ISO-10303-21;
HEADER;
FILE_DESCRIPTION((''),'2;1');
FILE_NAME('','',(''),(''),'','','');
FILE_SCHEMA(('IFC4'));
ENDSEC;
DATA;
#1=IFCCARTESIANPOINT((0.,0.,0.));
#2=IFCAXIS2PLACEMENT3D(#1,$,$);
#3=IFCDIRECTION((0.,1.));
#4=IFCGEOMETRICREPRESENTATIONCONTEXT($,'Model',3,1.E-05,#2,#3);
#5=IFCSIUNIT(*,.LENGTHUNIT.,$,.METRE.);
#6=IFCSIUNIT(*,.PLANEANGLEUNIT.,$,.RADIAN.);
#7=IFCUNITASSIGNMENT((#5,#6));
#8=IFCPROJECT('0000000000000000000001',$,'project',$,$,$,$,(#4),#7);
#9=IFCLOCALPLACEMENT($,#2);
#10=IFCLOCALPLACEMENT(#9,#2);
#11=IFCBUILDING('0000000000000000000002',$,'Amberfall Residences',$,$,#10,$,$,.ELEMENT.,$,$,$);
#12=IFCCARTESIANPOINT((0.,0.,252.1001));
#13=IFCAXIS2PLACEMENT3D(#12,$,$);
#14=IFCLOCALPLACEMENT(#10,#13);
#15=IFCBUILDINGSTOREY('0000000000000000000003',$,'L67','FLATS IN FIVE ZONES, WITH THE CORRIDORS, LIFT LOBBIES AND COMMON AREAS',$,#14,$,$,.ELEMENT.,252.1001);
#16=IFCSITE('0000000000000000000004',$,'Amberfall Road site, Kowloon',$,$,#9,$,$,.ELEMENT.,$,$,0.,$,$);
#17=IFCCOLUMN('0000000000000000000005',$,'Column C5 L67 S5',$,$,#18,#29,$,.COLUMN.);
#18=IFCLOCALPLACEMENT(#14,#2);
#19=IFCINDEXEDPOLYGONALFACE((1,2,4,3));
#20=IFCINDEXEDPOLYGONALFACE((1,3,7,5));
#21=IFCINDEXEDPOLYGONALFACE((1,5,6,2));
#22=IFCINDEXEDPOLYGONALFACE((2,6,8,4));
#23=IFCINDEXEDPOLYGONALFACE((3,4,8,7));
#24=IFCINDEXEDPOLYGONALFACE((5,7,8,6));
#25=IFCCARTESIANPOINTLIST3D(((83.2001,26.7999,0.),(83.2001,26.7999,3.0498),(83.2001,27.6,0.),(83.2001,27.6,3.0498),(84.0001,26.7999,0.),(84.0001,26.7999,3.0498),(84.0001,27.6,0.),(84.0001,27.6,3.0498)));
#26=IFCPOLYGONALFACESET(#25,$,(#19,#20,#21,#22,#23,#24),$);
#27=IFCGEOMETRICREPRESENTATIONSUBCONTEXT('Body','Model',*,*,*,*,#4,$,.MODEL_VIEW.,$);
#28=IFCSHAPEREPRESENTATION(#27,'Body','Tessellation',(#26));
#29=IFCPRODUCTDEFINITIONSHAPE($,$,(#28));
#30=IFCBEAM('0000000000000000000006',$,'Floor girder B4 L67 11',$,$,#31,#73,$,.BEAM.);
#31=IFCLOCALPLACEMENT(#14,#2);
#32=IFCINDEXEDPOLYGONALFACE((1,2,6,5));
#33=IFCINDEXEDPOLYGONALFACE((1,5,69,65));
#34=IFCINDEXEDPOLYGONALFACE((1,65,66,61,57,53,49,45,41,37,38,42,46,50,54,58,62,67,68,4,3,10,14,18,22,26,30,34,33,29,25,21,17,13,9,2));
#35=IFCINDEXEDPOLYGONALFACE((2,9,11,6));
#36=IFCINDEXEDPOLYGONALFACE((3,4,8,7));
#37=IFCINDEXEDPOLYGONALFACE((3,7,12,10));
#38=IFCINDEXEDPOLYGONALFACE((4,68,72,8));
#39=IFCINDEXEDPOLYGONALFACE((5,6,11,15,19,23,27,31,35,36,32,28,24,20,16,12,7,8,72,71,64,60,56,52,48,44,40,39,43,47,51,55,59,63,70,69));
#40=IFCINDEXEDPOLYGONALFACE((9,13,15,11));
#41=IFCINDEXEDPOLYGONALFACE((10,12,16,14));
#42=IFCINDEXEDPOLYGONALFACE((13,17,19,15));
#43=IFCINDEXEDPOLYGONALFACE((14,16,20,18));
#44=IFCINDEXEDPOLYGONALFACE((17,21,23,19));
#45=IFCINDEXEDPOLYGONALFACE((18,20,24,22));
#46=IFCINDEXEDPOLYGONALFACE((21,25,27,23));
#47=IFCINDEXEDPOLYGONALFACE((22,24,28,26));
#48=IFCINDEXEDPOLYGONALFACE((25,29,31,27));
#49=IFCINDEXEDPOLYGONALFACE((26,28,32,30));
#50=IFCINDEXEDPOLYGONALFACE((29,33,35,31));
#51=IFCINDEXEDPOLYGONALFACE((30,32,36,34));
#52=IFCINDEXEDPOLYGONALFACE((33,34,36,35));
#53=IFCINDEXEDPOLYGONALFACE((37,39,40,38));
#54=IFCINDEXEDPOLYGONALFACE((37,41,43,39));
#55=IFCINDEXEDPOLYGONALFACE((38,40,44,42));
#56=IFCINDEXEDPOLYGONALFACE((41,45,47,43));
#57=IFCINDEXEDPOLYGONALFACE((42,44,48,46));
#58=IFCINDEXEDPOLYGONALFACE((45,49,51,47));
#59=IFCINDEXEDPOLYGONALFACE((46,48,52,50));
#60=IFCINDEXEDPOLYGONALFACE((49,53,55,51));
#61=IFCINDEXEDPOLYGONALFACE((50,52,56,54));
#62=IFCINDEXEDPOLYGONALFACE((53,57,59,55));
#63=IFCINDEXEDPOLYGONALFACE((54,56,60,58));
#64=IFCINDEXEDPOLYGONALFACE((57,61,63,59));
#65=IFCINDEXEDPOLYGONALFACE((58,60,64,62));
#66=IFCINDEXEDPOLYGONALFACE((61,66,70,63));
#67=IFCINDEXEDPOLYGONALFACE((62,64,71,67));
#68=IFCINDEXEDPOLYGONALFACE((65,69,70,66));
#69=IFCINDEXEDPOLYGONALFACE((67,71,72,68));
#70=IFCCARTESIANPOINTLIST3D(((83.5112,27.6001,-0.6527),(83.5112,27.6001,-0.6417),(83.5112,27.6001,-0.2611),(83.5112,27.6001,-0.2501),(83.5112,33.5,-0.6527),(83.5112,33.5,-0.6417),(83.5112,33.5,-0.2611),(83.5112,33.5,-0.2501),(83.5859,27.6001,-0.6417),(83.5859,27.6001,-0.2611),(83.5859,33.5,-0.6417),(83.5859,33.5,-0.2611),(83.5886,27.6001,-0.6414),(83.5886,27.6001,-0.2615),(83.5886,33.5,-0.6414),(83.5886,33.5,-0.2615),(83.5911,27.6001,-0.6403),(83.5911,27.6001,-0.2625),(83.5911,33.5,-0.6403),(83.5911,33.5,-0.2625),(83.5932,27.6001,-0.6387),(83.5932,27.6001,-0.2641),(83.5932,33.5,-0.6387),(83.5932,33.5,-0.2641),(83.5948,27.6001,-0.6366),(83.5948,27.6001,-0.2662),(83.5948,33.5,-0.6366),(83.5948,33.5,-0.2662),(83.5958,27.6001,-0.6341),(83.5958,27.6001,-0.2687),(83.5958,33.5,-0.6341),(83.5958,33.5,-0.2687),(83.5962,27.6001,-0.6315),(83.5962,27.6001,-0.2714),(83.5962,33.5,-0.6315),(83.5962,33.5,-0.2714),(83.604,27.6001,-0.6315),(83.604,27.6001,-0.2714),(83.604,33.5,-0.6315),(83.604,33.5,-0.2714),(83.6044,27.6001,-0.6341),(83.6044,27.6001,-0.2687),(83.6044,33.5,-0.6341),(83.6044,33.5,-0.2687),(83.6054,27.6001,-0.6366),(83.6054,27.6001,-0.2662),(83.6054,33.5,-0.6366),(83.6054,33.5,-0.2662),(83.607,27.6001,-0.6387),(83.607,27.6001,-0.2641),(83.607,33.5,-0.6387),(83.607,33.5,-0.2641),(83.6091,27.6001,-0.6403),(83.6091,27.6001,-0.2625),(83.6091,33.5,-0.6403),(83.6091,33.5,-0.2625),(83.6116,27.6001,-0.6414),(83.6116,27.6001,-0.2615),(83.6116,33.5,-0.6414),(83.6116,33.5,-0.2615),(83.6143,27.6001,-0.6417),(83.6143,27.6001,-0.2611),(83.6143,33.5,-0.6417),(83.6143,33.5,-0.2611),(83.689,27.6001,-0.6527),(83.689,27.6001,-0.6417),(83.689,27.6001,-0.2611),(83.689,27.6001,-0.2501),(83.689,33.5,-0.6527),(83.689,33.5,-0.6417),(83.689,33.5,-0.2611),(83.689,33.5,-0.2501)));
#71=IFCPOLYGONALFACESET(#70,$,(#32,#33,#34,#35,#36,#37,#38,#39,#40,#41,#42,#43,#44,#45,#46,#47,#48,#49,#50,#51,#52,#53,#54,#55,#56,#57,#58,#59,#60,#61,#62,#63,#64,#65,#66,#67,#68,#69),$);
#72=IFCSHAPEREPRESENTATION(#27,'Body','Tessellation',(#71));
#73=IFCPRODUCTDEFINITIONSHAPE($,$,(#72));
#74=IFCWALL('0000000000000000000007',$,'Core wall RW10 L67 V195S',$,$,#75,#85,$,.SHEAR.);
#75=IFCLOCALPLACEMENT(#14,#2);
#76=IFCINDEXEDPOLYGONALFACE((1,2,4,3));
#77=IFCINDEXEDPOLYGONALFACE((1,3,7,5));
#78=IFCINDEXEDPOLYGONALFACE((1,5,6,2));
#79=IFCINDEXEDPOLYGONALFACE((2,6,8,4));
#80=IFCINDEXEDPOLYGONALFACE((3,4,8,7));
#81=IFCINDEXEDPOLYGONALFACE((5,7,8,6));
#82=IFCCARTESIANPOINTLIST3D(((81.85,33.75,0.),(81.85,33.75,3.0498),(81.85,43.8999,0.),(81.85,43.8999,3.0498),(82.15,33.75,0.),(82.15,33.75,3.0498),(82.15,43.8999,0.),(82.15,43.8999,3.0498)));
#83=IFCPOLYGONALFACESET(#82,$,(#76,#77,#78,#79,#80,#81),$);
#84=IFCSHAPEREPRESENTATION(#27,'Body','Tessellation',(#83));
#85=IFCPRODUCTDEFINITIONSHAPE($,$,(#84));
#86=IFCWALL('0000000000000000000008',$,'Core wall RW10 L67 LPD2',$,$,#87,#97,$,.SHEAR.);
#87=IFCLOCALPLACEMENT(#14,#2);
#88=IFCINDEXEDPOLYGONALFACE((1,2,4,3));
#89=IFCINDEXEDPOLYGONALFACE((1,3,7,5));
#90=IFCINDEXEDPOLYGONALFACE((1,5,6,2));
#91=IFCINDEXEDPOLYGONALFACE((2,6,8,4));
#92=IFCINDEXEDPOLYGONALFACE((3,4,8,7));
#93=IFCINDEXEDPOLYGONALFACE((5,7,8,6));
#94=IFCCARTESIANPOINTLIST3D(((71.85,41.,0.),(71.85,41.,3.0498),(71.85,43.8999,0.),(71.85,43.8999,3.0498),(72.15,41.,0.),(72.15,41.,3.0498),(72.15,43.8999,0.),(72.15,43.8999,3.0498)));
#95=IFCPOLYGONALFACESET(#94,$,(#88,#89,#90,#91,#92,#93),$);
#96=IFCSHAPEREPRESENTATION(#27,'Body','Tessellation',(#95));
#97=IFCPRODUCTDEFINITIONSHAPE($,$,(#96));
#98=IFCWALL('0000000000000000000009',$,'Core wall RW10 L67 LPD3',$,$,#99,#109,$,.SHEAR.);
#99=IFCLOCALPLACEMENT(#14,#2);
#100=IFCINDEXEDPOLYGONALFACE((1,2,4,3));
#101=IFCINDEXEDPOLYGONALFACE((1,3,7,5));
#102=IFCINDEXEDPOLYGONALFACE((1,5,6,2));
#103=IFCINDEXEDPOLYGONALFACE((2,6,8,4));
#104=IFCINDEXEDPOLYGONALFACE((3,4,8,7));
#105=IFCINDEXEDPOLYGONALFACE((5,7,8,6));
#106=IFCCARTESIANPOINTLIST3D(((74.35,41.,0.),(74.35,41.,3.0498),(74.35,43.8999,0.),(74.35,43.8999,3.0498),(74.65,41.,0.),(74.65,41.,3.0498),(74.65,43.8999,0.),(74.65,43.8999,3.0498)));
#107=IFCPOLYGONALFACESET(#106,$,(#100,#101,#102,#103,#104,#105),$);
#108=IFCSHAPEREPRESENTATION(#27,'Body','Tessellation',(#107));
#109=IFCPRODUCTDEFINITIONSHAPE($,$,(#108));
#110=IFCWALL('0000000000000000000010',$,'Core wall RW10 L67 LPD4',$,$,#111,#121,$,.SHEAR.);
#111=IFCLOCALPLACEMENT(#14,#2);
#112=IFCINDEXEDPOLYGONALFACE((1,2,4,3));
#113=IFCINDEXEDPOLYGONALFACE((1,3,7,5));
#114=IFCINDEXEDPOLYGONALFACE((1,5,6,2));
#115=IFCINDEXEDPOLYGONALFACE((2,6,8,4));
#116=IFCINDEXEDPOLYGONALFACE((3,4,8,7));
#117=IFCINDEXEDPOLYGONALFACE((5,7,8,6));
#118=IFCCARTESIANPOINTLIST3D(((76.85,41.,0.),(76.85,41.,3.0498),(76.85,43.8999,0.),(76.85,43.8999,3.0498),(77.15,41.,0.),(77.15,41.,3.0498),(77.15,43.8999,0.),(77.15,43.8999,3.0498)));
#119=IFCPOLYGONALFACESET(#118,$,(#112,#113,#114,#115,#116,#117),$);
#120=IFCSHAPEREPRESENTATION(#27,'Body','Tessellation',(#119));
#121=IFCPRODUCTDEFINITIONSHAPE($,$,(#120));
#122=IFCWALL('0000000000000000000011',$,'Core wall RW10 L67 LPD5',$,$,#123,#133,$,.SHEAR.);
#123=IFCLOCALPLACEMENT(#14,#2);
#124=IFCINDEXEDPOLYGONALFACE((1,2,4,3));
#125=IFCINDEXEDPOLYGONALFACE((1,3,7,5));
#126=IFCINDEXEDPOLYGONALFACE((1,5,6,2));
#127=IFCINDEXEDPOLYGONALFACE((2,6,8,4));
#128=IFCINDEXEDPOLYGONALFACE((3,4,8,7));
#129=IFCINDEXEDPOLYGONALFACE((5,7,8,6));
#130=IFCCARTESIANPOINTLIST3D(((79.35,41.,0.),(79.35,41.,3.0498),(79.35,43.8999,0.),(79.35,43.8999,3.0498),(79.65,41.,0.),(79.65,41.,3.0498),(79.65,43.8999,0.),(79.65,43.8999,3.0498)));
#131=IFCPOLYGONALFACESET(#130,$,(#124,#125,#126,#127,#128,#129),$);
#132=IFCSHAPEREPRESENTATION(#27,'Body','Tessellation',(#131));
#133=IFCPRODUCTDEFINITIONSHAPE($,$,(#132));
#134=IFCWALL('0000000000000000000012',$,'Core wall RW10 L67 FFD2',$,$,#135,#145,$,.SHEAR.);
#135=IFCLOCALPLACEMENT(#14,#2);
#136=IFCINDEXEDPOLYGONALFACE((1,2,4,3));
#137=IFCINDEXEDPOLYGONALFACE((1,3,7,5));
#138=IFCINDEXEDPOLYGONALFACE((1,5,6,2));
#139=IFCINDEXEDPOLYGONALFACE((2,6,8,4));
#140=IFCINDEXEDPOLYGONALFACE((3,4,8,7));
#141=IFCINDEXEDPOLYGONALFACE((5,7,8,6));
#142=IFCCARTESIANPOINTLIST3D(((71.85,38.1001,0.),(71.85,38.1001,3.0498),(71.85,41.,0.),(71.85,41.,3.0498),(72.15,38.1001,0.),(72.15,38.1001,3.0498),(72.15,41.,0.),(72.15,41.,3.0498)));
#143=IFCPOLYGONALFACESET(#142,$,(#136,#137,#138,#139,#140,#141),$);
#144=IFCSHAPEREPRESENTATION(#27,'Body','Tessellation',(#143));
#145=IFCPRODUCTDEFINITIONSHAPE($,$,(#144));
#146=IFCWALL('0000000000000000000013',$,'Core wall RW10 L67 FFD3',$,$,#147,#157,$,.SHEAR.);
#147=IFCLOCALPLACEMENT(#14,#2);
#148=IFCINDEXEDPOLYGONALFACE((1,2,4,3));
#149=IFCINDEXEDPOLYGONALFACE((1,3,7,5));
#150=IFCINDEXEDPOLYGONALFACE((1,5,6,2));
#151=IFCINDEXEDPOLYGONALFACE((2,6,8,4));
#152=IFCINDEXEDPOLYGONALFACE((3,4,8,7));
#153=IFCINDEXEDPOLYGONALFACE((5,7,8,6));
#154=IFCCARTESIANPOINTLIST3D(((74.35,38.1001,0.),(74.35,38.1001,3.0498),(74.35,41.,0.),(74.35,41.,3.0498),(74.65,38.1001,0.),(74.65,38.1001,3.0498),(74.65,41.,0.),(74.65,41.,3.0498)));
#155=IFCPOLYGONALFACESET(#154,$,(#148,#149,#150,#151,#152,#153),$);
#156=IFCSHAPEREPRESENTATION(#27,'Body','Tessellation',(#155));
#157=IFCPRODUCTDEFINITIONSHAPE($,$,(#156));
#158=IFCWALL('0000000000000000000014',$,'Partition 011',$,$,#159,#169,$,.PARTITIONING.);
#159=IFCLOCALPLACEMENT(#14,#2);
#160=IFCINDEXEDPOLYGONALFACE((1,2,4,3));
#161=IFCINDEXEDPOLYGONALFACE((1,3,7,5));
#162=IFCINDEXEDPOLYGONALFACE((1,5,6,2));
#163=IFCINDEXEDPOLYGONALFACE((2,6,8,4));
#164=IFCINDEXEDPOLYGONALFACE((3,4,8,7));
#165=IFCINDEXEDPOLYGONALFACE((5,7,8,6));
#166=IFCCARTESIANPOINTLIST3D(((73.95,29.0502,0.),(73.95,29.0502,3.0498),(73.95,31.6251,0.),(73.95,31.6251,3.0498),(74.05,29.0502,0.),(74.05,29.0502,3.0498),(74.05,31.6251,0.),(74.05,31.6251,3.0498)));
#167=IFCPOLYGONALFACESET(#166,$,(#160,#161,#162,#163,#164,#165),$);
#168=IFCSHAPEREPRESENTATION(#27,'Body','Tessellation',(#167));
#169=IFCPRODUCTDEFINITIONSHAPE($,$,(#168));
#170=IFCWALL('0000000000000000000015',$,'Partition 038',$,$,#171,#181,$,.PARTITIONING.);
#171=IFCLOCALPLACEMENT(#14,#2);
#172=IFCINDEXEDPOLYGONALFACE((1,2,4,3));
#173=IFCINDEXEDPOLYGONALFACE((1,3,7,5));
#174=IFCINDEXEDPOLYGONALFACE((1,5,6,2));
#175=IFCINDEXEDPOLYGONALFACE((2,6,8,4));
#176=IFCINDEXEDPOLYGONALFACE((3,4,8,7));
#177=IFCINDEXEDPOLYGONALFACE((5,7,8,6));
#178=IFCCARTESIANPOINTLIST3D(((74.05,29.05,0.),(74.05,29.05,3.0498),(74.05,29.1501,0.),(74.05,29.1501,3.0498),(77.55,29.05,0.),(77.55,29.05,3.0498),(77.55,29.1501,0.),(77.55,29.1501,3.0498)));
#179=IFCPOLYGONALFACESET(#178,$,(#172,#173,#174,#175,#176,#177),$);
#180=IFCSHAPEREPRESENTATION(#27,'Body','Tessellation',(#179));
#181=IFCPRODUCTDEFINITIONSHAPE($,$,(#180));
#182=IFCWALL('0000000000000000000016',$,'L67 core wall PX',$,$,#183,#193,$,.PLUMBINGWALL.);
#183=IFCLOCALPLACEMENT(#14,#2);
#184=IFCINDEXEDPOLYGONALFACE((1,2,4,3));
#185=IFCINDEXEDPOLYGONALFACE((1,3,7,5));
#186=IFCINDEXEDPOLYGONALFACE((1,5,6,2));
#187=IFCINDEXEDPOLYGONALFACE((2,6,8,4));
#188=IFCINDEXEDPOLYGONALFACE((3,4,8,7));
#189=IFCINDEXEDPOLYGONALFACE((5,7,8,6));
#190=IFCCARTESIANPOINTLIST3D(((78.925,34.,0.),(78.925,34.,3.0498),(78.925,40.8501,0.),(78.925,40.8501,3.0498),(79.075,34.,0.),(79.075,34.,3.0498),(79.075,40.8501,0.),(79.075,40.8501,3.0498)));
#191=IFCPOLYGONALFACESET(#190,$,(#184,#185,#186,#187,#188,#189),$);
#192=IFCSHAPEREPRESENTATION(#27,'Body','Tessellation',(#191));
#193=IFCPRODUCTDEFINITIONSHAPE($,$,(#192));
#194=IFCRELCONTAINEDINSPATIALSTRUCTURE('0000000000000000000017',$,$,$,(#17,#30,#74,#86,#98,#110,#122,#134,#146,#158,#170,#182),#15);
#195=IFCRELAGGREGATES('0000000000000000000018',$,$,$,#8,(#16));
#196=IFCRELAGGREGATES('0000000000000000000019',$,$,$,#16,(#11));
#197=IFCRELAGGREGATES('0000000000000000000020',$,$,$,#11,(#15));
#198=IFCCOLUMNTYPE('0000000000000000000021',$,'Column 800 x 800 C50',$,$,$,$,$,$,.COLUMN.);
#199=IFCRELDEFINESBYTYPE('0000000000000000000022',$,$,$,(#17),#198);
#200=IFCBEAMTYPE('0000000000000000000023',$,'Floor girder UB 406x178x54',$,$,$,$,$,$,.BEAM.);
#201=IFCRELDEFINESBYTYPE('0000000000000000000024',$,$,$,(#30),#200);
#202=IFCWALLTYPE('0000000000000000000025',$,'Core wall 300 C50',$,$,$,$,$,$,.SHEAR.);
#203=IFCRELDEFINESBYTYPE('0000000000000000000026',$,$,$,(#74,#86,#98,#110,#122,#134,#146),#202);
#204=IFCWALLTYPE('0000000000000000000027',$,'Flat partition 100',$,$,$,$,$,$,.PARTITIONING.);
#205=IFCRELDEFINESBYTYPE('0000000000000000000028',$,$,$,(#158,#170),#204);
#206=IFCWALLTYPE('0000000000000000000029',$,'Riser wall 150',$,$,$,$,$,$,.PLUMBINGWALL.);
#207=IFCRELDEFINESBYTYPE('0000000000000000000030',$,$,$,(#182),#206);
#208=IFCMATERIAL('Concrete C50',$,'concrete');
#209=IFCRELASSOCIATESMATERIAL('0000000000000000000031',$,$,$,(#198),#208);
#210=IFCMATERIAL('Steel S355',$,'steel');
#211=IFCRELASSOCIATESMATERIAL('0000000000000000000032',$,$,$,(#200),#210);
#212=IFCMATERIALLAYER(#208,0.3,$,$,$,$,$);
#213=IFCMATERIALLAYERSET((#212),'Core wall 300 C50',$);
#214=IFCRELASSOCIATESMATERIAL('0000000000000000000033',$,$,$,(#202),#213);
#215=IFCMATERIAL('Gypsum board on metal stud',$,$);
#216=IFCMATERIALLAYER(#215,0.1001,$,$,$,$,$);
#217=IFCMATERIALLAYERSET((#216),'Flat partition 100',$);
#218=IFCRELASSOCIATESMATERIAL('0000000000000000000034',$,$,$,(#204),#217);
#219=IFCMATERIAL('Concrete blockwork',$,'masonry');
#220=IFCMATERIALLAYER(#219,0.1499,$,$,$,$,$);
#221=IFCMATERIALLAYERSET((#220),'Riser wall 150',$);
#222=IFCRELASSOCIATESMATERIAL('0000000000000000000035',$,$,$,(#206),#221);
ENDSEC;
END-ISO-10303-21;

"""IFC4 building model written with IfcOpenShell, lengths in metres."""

from ifc_helpers import new_model, si_unit, direction, frame, frame_2d, origin, origin_2d, place, context, subcontext, project, spatial, rectangle, i_section, extrude, material, layer, layer_set, material_profile, profile_set, type_object, element, save


model = new_model("IFC4")

# Units and contexts
model_context = context("Model", 3, precision=1e-05, world=origin(), true_north=direction((0.0, 1.0)))
body_context = subcontext(model_context, "Body", "Model", "MODEL_VIEW")
ifc_project = project(units=[si_unit("LENGTHUNIT", "METRE"), si_unit("PLANEANGLEUNIT", "RADIAN")], contexts=[model_context])

# Site, building, storey
site_placement = place(None, origin())
site = spatial("IfcSite", under=ifc_project, at=site_placement, Name="Amberfall Road site, Kowloon", CompositionType="ELEMENT", RefElevation=0.0)
building_placement = place(site_placement, origin())
building = spatial("IfcBuilding", under=site, at=building_placement, Name="Amberfall Residences", CompositionType="ELEMENT")
storey_placement = place(building_placement, frame((0.0, 0.0, 252.1001)))
storey = spatial("IfcBuildingStorey", under=building, at=storey_placement, Name="L67", Description="FLATS IN FIVE ZONES, WITH THE CORRIDORS, LIFT LOBBIES AND COMMON AREAS", CompositionType="ELEMENT", Elevation=252.1001)

# Column
ifc_material_1 = material(Name="Concrete C50", Category="concrete")
ifc_material_profile_1 = material_profile(ifc_material_1, rectangle(XDim=0.8, YDim=0.8, at=origin_2d()), Name="Column 800 x 800 C50")
ifc_profile_set_1 = profile_set([ifc_material_profile_1], Name="Concrete C50")
column_type = type_object("IfcColumnType", Name="Column 800 x 800 C50", PredefinedType="COLUMN", material=ifc_profile_set_1)
column_placement = place(storey_placement, frame((83.6001, 27.2, 0.0), z_axis=(0.0, 0.0, 1.0), x_axis=(1.0, 0.0, 0.0)))
element("IfcColumn", 1, at=column_placement, inside=storey, type_object=column_type, Name="Column C5 L67 S5", PredefinedType="COLUMN", context=body_context, shape_type="SweptSolid", body=[
    extrude(rectangle(XDim=0.8, YDim=0.8, at=origin_2d()), origin(), (0.0, 0.0, 1.0), 3.0498),
])

# Beam
ifc_material_2 = material(Name="Steel S355", Category="steel")
ifc_material_profile_2 = material_profile(ifc_material_2, i_section(OverallWidth=0.1777, OverallDepth=0.4026, WebThickness=0.0078, FlangeThickness=0.011, FilletRadius=0.0103, at=origin_2d()), Name="UB 406x178x54")
ifc_profile_set_2 = profile_set([ifc_material_profile_2], Name="Steel S355")
beam_type = type_object("IfcBeamType", Name="Floor girder UB 406x178x54", PredefinedType="BEAM", material=ifc_profile_set_2)
beam_placement = place(storey_placement, frame((83.6001, 27.6001, -0.4514), z_axis=(0.0, 1.0, 0.0), x_axis=(-1.0, 0.0, 0.0)))
element("IfcBeam", 2, at=beam_placement, inside=storey, type_object=beam_type, Name="Floor girder B4 L67 11", PredefinedType="BEAM", context=body_context, shape_type="SweptSolid", body=[
    extrude(i_section(OverallWidth=0.1777, OverallDepth=0.4026, WebThickness=0.0078, FlangeThickness=0.011, FilletRadius=0.0103, at=origin_2d()), origin(), (0.0, 0.0, 1.0), 5.8999),
])

# Walls
ifc_layer_1 = layer(ifc_material_1, 0.3)
ifc_layer_set_1 = layer_set([ifc_layer_1], Name="Core wall 300 C50")
wall_type_1 = type_object("IfcWallType", Name="Core wall 300 C50", PredefinedType="SHEAR", material=ifc_layer_set_1)
wall_1_placement = place(storey_placement, frame((82.0, 33.75, 0.0), z_axis=(0.0, 0.0, 1.0), x_axis=(0.0, 1.0, 0.0)))
element("IfcWall", 3, at=wall_1_placement, inside=storey, type_object=wall_type_1, Name="Core wall RW10 L67 V195S", PredefinedType="SHEAR", context=body_context, shape_type="SweptSolid", body=[
    extrude(rectangle(XDim=10.1499, YDim=0.3, at=frame_2d((5.075, 0.0))), origin(), (0.0, 0.0, 1.0), 3.0498),
])
for number, where, z_axis, x_axis, name in (
    (4, (72.0, 41.0, 0.0), (0.0, 0.0, 1.0), (0.0, 1.0, 0.0), "Core wall RW10 L67 LPD2"),
    (5, (74.5, 41.0, 0.0), (0.0, 0.0, 1.0), (0.0, 1.0, 0.0), "Core wall RW10 L67 LPD3"),
    (6, (77.0, 41.0, 0.0), (0.0, 0.0, 1.0), (0.0, 1.0, 0.0), "Core wall RW10 L67 LPD4"),
    (7, (79.5, 41.0, 0.0), (0.0, 0.0, 1.0), (0.0, 1.0, 0.0), "Core wall RW10 L67 LPD5"),
    (8, (72.0, 38.1001, 0.0), (0.0, 0.0, 1.0), (0.0, 1.0, 0.0), "Core wall RW10 L67 FFD2"),
    (9, (74.5, 38.1001, 0.0), (0.0, 0.0, 1.0), (0.0, 1.0, 0.0), "Core wall RW10 L67 FFD3"),
):
    element("IfcWall", number, at=place(storey_placement, frame(where, z_axis=z_axis, x_axis=x_axis)), inside=storey, type_object=wall_type_1, Name=name, PredefinedType="SHEAR", context=body_context, shape_type="SweptSolid", body=[
        extrude(rectangle(XDim=2.8999, YDim=0.3, at=frame_2d((1.45, 0.0))), origin(), (0.0, 0.0, 1.0), 3.0498),
    ])
ifc_material_3 = material(Name="Gypsum board on metal stud")
ifc_layer_2 = layer(ifc_material_3, 0.1001)
ifc_layer_set_2 = layer_set([ifc_layer_2], Name="Flat partition 100")
wall_type_2 = type_object("IfcWallType", Name="Flat partition 100", PredefinedType="PARTITIONING", material=ifc_layer_set_2)
wall_2_placement = place(storey_placement, frame((74.0, 29.05, 0.0), z_axis=(0.0, 0.0, 1.0), x_axis=(0.0, 1.0, 0.0)))
element("IfcWall", 10, at=wall_2_placement, inside=storey, type_object=wall_type_2, Name="Partition 011", PredefinedType="PARTITIONING", context=body_context, shape_type="SweptSolid", body=[
    extrude(rectangle(XDim=2.575, YDim=0.1001, at=frame_2d((1.2876, 0.0))), origin(), (0.0, 0.0, 1.0), 3.0498),
])
wall_3_placement = place(storey_placement, frame((74.05, 29.1001, 0.0), z_axis=(0.0, 0.0, 1.0), x_axis=(1.0, 0.0, 0.0)))
element("IfcWall", 11, at=wall_3_placement, inside=storey, type_object=wall_type_2, Name="Partition 038", PredefinedType="PARTITIONING", context=body_context, shape_type="SweptSolid", body=[
    extrude(rectangle(XDim=3.5, YDim=0.1001, at=frame_2d((1.75, 0.0))), origin(), (0.0, 0.0, 1.0), 3.0498),
])
ifc_material_4 = material(Name="Concrete blockwork", Category="masonry")
ifc_layer_3 = layer(ifc_material_4, 0.1499)
ifc_layer_set_3 = layer_set([ifc_layer_3], Name="Riser wall 150")
wall_type_3 = type_object("IfcWallType", Name="Riser wall 150", PredefinedType="PLUMBINGWALL", material=ifc_layer_set_3)
wall_4_placement = place(storey_placement, frame((79.0, 34.0, 0.0), z_axis=(0.0, 0.0, 1.0), x_axis=(0.0, 1.0, 0.0)))
element("IfcWall", 12, at=wall_4_placement, inside=storey, type_object=wall_type_3, Name="L67 core wall PX", PredefinedType="PLUMBINGWALL", context=body_context, shape_type="SweptSolid", body=[
    extrude(rectangle(XDim=6.8501, YDim=0.1499, at=frame_2d((3.425, 0.0))), origin(), (0.0, 0.0, 1.0), 3.0498),
])

save(model, "model.ifc")
